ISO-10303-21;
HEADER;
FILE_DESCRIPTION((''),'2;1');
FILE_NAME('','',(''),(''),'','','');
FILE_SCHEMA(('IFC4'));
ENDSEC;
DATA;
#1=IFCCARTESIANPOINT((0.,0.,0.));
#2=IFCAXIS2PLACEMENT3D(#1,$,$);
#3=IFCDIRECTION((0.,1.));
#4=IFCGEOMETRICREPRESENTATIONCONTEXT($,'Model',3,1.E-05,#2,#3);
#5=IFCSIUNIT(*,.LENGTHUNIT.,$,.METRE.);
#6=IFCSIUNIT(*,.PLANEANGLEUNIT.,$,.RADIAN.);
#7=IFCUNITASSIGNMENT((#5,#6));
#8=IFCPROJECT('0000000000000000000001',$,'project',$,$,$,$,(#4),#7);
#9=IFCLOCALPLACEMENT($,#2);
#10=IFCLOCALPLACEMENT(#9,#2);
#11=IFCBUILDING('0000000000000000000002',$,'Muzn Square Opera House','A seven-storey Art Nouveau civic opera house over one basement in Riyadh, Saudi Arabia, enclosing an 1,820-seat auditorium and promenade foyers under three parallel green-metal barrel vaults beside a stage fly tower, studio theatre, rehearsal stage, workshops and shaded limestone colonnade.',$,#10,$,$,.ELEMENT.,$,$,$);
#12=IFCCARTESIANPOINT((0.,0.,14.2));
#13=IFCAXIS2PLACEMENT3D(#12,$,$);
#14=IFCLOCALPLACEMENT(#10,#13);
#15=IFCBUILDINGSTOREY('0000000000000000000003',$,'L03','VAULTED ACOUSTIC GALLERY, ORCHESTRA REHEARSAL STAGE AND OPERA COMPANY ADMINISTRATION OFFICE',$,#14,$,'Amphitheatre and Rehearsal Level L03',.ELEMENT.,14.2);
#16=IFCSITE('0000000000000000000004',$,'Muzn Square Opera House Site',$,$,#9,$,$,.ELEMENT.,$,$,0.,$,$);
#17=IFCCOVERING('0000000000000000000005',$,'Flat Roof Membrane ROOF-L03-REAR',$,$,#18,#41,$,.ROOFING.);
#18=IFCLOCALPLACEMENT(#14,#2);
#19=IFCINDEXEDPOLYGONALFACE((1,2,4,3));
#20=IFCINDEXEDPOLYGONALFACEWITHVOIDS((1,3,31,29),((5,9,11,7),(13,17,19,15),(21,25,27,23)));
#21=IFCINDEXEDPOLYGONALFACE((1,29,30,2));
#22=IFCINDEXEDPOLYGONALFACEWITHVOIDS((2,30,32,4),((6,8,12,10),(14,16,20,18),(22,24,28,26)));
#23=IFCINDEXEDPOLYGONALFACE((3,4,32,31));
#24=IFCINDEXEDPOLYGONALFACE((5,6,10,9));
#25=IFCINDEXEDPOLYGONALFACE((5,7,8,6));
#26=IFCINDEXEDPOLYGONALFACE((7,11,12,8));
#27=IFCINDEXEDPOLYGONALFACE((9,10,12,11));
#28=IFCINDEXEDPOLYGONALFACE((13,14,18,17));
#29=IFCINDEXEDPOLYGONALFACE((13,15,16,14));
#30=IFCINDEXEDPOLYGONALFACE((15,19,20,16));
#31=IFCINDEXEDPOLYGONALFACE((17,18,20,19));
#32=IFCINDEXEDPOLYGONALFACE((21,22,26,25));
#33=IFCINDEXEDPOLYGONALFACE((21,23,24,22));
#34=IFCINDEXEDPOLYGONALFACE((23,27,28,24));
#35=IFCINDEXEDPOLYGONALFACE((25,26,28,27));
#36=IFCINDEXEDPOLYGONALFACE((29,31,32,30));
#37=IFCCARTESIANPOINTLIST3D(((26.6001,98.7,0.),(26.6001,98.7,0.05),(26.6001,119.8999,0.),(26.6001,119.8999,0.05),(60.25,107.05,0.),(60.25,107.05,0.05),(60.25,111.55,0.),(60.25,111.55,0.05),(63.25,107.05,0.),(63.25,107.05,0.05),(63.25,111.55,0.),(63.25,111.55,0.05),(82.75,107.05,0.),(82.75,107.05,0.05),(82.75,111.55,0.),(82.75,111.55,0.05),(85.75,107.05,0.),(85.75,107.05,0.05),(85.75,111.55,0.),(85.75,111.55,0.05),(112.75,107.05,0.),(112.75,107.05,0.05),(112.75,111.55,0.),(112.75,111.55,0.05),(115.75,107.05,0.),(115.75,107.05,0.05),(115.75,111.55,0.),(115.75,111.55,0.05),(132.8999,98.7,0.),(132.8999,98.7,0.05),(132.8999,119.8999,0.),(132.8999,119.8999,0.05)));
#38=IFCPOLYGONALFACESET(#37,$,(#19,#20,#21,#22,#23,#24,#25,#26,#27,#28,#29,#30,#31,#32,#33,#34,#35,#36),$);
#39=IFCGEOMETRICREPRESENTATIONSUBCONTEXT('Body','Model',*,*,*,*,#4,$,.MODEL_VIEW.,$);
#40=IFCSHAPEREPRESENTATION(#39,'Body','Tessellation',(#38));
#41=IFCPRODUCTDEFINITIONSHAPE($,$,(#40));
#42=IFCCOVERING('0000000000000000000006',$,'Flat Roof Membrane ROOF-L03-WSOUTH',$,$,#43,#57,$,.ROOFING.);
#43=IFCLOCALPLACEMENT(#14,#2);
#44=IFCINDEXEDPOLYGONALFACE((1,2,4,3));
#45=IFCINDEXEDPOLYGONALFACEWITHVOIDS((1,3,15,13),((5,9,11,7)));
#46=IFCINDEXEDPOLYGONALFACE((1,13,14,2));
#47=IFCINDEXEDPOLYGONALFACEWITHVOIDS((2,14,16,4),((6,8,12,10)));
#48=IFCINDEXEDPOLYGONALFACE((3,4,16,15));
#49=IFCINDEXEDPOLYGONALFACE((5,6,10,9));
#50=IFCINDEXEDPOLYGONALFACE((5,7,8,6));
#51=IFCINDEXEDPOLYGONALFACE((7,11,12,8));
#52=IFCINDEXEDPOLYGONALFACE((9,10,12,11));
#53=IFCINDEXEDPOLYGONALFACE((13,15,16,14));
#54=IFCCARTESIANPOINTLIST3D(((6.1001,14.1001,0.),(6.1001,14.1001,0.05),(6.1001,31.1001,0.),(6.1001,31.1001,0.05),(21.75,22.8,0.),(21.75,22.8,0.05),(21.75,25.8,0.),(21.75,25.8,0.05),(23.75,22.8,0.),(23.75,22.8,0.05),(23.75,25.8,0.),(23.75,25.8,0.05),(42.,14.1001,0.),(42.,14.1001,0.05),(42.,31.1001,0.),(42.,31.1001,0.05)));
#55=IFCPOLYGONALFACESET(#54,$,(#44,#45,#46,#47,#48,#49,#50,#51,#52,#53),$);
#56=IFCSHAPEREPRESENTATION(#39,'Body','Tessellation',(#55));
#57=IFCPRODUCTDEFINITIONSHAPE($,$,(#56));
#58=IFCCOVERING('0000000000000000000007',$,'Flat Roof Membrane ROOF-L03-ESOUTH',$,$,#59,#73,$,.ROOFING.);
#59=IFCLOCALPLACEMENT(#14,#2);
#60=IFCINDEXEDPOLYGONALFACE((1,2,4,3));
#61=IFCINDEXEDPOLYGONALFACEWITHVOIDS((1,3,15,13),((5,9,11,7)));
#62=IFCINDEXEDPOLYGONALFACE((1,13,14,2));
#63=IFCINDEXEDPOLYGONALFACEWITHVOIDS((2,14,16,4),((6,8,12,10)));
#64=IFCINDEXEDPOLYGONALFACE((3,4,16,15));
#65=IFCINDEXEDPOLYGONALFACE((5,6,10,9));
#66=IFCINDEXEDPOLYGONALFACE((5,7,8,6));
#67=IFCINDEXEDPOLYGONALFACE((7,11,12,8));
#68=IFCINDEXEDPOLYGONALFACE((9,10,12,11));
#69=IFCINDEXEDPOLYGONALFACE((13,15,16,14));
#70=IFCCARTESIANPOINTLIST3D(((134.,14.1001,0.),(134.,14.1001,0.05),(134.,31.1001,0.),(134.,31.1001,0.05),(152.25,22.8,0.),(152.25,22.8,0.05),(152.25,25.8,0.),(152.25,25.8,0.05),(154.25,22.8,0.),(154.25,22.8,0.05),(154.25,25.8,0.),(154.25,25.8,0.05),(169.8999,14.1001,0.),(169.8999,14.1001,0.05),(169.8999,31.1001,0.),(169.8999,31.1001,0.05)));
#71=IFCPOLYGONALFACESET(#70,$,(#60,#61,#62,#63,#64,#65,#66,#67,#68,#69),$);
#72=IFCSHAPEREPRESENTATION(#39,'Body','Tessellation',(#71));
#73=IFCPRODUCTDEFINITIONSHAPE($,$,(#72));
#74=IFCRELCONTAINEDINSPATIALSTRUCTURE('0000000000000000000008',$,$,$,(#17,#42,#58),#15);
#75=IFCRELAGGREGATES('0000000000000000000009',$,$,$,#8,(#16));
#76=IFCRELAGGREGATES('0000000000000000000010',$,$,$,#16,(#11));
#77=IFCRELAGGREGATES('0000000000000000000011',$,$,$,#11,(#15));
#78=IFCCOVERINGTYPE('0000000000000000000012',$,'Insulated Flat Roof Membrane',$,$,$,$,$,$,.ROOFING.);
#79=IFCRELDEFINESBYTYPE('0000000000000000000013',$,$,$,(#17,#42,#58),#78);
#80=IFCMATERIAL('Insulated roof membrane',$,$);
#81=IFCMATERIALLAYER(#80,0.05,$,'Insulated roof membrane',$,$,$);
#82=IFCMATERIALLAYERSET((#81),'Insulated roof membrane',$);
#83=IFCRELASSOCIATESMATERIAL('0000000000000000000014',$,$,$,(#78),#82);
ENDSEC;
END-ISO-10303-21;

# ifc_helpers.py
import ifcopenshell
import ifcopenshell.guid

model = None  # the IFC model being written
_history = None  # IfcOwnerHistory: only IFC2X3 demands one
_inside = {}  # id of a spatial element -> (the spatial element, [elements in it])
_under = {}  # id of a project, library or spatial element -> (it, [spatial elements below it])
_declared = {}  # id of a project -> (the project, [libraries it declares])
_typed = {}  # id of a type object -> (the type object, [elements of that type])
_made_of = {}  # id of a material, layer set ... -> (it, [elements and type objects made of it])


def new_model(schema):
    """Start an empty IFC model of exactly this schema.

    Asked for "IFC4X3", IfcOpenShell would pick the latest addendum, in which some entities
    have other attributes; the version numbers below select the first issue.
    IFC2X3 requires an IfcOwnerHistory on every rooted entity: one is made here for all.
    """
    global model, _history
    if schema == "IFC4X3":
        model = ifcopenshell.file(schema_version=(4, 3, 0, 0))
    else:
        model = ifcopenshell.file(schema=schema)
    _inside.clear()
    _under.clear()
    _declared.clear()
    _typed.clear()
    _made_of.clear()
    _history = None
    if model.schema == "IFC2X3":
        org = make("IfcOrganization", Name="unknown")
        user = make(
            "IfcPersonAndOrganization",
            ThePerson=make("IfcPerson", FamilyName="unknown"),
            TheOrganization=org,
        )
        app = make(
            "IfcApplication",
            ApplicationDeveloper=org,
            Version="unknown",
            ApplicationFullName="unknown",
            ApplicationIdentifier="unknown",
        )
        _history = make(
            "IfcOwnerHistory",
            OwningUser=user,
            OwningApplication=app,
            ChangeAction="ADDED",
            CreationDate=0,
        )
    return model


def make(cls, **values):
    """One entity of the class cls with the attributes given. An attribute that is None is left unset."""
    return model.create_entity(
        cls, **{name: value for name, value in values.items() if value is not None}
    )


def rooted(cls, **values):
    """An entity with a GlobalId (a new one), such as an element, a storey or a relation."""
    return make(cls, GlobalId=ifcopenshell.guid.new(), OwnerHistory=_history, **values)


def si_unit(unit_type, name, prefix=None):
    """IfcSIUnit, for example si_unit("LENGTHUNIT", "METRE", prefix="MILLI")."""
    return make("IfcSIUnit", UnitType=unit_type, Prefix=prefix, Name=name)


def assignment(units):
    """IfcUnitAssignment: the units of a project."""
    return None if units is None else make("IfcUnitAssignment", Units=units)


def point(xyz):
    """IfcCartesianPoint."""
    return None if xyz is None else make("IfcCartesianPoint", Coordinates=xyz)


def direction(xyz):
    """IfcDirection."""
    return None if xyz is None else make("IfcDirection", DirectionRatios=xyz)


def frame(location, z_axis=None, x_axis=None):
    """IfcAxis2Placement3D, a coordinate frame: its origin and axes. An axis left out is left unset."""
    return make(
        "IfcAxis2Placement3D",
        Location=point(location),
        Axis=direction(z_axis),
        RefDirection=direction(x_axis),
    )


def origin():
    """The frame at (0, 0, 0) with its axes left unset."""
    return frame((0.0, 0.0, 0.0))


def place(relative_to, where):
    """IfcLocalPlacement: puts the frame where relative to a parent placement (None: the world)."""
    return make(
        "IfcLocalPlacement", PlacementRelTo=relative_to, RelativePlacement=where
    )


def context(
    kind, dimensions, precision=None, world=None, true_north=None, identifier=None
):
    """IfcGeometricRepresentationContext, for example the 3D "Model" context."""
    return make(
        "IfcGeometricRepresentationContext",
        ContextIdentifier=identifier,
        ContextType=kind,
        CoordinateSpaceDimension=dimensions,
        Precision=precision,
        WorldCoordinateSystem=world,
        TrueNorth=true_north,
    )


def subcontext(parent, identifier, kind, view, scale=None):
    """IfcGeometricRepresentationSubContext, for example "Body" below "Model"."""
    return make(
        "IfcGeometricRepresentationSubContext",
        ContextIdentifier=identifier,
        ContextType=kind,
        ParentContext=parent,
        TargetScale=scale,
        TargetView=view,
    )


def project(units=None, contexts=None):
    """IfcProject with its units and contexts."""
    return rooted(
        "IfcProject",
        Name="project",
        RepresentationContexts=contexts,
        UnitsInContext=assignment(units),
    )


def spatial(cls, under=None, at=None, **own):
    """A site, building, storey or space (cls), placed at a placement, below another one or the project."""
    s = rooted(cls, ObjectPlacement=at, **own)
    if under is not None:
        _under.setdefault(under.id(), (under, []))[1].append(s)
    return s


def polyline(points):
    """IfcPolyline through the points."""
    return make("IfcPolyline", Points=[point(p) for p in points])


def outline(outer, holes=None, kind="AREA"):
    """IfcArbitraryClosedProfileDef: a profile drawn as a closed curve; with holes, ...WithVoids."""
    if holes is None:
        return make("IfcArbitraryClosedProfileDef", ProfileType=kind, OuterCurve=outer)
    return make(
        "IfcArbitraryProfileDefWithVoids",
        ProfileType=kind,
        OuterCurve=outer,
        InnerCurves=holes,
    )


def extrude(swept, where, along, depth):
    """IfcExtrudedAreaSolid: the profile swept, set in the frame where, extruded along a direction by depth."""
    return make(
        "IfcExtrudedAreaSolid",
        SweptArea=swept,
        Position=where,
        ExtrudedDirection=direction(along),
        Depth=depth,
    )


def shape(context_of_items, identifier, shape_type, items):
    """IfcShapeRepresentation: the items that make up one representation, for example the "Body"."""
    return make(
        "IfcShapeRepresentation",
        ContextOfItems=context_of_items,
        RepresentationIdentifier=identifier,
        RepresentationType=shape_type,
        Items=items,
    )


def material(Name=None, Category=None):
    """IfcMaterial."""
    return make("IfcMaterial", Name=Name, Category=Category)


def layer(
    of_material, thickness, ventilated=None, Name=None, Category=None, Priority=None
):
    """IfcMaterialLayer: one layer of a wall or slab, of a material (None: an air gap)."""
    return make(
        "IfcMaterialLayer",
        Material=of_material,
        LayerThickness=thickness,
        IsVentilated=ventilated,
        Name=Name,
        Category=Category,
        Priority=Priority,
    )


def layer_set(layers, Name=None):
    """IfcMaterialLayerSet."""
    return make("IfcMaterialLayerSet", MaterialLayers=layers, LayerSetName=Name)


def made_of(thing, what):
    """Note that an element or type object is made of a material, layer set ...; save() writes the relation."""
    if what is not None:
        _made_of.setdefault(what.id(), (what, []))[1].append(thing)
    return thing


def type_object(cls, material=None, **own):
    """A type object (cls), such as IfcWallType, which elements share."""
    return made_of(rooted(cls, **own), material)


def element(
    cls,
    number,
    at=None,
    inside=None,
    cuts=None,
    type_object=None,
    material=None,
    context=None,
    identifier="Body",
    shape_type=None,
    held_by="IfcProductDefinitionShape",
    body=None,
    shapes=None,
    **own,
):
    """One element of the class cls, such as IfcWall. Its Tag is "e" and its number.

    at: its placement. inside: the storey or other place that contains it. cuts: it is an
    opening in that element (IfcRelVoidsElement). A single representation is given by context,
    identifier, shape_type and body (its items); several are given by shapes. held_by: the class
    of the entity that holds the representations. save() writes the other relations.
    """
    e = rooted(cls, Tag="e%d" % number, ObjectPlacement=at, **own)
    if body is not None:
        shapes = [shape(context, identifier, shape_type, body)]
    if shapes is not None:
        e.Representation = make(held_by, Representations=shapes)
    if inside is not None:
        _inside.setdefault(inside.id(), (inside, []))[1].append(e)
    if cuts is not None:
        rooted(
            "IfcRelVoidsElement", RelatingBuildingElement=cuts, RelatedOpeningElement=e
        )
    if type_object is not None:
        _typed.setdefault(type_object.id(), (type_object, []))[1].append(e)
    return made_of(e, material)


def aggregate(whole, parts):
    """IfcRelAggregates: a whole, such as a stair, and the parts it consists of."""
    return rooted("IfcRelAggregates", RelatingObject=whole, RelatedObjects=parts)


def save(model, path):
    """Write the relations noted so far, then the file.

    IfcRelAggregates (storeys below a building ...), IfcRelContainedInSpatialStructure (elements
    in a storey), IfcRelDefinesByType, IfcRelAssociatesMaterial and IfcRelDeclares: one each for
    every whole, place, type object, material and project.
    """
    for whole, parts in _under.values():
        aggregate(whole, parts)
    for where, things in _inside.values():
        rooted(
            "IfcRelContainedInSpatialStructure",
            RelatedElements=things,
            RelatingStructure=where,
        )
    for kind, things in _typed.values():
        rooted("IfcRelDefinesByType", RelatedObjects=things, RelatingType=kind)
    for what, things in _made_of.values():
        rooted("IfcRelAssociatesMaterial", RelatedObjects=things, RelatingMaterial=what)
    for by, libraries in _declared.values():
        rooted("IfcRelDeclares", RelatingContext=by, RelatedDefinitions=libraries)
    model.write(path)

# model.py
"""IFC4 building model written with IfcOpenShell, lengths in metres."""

from ifc_helpers import new_model, si_unit, direction, frame, origin, place, context, subcontext, project, spatial, polyline, outline, extrude, material, layer, layer_set, type_object, element, save


model = new_model("IFC4")

# Units and contexts
model_context = context("Model", 3, precision=1e-05, world=origin(), true_north=direction((0.0, 1.0)))
body_context = subcontext(model_context, "Body", "Model", "MODEL_VIEW")
ifc_project = project(units=[si_unit("LENGTHUNIT", "METRE"), si_unit("PLANEANGLEUNIT", "RADIAN")], contexts=[model_context])

# Site, building, storey
site_placement = place(None, origin())
site = spatial("IfcSite", under=ifc_project, at=site_placement, Name="Muzn Square Opera House Site", CompositionType="ELEMENT", RefElevation=0.0)
building_placement = place(site_placement, origin())
building = spatial("IfcBuilding", under=site, at=building_placement, Name="Muzn Square Opera House", Description="A seven-storey Art Nouveau civic opera house over one basement in Riyadh, Saudi Arabia, enclosing an 1,820-seat auditorium and promenade foyers under three parallel green-metal barrel vaults beside a stage fly tower, studio theatre, rehearsal stage, workshops and shaded limestone colonnade.", CompositionType="ELEMENT")
storey_placement = place(building_placement, frame((0.0, 0.0, 14.2)))
storey = spatial("IfcBuildingStorey", under=building, at=storey_placement, Name="L03", Description="VAULTED ACOUSTIC GALLERY, ORCHESTRA REHEARSAL STAGE AND OPERA COMPANY ADMINISTRATION OFFICE", LongName="Amphitheatre and Rehearsal Level L03", CompositionType="ELEMENT", Elevation=14.2)

# Coverings
ifc_material_1 = material(Name="Insulated roof membrane")
ifc_layer_1 = layer(ifc_material_1, 0.05, Name="Insulated roof membrane")
ifc_layer_set_1 = layer_set([ifc_layer_1], Name="Insulated roof membrane")
covering_type_1 = type_object("IfcCoveringType", Name="Insulated Flat Roof Membrane", PredefinedType="ROOFING", material=ifc_layer_set_1)
covering_1_placement = place(storey_placement, origin())
element("IfcCovering", 1, at=covering_1_placement, inside=storey, type_object=covering_type_1, Name="Flat Roof Membrane ROOF-L03-REAR", PredefinedType="ROOFING", context=body_context, shape_type="SweptSolid", body=[
    extrude(outline(polyline([(26.6001, 98.7), (132.8999, 98.7), (132.8999, 119.8999), (26.6001, 119.8999), (26.6001, 98.7)]), holes=[polyline([(60.25, 107.05), (63.25, 107.05), (63.25, 111.55), (60.25, 111.55), (60.25, 107.05)]), polyline([(82.75, 107.05), (85.75, 107.05), (85.75, 111.55), (82.75, 111.55), (82.75, 107.05)]), polyline([(112.75, 107.05), (115.75, 107.05), (115.75, 111.55), (112.75, 111.55), (112.75, 107.05)])]), origin(), (0.0, 0.0, 1.0), 0.05),
])
covering_2_placement = place(storey_placement, origin())
element("IfcCovering", 2, at=covering_2_placement, inside=storey, type_object=covering_type_1, Name="Flat Roof Membrane ROOF-L03-WSOUTH", PredefinedType="ROOFING", context=body_context, shape_type="SweptSolid", body=[
    extrude(outline(polyline([(6.1001, 14.1001), (42.0, 14.1001), (42.0, 31.1001), (6.1001, 31.1001), (6.1001, 14.1001)]), holes=[polyline([(21.75, 22.8), (23.75, 22.8), (23.75, 25.8), (21.75, 25.8), (21.75, 22.8)])]), origin(), (0.0, 0.0, 1.0), 0.05),
])
covering_3_placement = place(storey_placement, origin())
element("IfcCovering", 3, at=covering_3_placement, inside=storey, type_object=covering_type_1, Name="Flat Roof Membrane ROOF-L03-ESOUTH", PredefinedType="ROOFING", context=body_context, shape_type="SweptSolid", body=[
    extrude(outline(polyline([(134.0, 14.1001), (169.8999, 14.1001), (169.8999, 31.1001), (134.0, 31.1001), (134.0, 14.1001)]), holes=[polyline([(152.25, 22.8), (154.25, 22.8), (154.25, 25.8), (152.25, 25.8), (152.25, 22.8)])]), origin(), (0.0, 0.0, 1.0), 0.05),
])

save(model, "model.ifc")
